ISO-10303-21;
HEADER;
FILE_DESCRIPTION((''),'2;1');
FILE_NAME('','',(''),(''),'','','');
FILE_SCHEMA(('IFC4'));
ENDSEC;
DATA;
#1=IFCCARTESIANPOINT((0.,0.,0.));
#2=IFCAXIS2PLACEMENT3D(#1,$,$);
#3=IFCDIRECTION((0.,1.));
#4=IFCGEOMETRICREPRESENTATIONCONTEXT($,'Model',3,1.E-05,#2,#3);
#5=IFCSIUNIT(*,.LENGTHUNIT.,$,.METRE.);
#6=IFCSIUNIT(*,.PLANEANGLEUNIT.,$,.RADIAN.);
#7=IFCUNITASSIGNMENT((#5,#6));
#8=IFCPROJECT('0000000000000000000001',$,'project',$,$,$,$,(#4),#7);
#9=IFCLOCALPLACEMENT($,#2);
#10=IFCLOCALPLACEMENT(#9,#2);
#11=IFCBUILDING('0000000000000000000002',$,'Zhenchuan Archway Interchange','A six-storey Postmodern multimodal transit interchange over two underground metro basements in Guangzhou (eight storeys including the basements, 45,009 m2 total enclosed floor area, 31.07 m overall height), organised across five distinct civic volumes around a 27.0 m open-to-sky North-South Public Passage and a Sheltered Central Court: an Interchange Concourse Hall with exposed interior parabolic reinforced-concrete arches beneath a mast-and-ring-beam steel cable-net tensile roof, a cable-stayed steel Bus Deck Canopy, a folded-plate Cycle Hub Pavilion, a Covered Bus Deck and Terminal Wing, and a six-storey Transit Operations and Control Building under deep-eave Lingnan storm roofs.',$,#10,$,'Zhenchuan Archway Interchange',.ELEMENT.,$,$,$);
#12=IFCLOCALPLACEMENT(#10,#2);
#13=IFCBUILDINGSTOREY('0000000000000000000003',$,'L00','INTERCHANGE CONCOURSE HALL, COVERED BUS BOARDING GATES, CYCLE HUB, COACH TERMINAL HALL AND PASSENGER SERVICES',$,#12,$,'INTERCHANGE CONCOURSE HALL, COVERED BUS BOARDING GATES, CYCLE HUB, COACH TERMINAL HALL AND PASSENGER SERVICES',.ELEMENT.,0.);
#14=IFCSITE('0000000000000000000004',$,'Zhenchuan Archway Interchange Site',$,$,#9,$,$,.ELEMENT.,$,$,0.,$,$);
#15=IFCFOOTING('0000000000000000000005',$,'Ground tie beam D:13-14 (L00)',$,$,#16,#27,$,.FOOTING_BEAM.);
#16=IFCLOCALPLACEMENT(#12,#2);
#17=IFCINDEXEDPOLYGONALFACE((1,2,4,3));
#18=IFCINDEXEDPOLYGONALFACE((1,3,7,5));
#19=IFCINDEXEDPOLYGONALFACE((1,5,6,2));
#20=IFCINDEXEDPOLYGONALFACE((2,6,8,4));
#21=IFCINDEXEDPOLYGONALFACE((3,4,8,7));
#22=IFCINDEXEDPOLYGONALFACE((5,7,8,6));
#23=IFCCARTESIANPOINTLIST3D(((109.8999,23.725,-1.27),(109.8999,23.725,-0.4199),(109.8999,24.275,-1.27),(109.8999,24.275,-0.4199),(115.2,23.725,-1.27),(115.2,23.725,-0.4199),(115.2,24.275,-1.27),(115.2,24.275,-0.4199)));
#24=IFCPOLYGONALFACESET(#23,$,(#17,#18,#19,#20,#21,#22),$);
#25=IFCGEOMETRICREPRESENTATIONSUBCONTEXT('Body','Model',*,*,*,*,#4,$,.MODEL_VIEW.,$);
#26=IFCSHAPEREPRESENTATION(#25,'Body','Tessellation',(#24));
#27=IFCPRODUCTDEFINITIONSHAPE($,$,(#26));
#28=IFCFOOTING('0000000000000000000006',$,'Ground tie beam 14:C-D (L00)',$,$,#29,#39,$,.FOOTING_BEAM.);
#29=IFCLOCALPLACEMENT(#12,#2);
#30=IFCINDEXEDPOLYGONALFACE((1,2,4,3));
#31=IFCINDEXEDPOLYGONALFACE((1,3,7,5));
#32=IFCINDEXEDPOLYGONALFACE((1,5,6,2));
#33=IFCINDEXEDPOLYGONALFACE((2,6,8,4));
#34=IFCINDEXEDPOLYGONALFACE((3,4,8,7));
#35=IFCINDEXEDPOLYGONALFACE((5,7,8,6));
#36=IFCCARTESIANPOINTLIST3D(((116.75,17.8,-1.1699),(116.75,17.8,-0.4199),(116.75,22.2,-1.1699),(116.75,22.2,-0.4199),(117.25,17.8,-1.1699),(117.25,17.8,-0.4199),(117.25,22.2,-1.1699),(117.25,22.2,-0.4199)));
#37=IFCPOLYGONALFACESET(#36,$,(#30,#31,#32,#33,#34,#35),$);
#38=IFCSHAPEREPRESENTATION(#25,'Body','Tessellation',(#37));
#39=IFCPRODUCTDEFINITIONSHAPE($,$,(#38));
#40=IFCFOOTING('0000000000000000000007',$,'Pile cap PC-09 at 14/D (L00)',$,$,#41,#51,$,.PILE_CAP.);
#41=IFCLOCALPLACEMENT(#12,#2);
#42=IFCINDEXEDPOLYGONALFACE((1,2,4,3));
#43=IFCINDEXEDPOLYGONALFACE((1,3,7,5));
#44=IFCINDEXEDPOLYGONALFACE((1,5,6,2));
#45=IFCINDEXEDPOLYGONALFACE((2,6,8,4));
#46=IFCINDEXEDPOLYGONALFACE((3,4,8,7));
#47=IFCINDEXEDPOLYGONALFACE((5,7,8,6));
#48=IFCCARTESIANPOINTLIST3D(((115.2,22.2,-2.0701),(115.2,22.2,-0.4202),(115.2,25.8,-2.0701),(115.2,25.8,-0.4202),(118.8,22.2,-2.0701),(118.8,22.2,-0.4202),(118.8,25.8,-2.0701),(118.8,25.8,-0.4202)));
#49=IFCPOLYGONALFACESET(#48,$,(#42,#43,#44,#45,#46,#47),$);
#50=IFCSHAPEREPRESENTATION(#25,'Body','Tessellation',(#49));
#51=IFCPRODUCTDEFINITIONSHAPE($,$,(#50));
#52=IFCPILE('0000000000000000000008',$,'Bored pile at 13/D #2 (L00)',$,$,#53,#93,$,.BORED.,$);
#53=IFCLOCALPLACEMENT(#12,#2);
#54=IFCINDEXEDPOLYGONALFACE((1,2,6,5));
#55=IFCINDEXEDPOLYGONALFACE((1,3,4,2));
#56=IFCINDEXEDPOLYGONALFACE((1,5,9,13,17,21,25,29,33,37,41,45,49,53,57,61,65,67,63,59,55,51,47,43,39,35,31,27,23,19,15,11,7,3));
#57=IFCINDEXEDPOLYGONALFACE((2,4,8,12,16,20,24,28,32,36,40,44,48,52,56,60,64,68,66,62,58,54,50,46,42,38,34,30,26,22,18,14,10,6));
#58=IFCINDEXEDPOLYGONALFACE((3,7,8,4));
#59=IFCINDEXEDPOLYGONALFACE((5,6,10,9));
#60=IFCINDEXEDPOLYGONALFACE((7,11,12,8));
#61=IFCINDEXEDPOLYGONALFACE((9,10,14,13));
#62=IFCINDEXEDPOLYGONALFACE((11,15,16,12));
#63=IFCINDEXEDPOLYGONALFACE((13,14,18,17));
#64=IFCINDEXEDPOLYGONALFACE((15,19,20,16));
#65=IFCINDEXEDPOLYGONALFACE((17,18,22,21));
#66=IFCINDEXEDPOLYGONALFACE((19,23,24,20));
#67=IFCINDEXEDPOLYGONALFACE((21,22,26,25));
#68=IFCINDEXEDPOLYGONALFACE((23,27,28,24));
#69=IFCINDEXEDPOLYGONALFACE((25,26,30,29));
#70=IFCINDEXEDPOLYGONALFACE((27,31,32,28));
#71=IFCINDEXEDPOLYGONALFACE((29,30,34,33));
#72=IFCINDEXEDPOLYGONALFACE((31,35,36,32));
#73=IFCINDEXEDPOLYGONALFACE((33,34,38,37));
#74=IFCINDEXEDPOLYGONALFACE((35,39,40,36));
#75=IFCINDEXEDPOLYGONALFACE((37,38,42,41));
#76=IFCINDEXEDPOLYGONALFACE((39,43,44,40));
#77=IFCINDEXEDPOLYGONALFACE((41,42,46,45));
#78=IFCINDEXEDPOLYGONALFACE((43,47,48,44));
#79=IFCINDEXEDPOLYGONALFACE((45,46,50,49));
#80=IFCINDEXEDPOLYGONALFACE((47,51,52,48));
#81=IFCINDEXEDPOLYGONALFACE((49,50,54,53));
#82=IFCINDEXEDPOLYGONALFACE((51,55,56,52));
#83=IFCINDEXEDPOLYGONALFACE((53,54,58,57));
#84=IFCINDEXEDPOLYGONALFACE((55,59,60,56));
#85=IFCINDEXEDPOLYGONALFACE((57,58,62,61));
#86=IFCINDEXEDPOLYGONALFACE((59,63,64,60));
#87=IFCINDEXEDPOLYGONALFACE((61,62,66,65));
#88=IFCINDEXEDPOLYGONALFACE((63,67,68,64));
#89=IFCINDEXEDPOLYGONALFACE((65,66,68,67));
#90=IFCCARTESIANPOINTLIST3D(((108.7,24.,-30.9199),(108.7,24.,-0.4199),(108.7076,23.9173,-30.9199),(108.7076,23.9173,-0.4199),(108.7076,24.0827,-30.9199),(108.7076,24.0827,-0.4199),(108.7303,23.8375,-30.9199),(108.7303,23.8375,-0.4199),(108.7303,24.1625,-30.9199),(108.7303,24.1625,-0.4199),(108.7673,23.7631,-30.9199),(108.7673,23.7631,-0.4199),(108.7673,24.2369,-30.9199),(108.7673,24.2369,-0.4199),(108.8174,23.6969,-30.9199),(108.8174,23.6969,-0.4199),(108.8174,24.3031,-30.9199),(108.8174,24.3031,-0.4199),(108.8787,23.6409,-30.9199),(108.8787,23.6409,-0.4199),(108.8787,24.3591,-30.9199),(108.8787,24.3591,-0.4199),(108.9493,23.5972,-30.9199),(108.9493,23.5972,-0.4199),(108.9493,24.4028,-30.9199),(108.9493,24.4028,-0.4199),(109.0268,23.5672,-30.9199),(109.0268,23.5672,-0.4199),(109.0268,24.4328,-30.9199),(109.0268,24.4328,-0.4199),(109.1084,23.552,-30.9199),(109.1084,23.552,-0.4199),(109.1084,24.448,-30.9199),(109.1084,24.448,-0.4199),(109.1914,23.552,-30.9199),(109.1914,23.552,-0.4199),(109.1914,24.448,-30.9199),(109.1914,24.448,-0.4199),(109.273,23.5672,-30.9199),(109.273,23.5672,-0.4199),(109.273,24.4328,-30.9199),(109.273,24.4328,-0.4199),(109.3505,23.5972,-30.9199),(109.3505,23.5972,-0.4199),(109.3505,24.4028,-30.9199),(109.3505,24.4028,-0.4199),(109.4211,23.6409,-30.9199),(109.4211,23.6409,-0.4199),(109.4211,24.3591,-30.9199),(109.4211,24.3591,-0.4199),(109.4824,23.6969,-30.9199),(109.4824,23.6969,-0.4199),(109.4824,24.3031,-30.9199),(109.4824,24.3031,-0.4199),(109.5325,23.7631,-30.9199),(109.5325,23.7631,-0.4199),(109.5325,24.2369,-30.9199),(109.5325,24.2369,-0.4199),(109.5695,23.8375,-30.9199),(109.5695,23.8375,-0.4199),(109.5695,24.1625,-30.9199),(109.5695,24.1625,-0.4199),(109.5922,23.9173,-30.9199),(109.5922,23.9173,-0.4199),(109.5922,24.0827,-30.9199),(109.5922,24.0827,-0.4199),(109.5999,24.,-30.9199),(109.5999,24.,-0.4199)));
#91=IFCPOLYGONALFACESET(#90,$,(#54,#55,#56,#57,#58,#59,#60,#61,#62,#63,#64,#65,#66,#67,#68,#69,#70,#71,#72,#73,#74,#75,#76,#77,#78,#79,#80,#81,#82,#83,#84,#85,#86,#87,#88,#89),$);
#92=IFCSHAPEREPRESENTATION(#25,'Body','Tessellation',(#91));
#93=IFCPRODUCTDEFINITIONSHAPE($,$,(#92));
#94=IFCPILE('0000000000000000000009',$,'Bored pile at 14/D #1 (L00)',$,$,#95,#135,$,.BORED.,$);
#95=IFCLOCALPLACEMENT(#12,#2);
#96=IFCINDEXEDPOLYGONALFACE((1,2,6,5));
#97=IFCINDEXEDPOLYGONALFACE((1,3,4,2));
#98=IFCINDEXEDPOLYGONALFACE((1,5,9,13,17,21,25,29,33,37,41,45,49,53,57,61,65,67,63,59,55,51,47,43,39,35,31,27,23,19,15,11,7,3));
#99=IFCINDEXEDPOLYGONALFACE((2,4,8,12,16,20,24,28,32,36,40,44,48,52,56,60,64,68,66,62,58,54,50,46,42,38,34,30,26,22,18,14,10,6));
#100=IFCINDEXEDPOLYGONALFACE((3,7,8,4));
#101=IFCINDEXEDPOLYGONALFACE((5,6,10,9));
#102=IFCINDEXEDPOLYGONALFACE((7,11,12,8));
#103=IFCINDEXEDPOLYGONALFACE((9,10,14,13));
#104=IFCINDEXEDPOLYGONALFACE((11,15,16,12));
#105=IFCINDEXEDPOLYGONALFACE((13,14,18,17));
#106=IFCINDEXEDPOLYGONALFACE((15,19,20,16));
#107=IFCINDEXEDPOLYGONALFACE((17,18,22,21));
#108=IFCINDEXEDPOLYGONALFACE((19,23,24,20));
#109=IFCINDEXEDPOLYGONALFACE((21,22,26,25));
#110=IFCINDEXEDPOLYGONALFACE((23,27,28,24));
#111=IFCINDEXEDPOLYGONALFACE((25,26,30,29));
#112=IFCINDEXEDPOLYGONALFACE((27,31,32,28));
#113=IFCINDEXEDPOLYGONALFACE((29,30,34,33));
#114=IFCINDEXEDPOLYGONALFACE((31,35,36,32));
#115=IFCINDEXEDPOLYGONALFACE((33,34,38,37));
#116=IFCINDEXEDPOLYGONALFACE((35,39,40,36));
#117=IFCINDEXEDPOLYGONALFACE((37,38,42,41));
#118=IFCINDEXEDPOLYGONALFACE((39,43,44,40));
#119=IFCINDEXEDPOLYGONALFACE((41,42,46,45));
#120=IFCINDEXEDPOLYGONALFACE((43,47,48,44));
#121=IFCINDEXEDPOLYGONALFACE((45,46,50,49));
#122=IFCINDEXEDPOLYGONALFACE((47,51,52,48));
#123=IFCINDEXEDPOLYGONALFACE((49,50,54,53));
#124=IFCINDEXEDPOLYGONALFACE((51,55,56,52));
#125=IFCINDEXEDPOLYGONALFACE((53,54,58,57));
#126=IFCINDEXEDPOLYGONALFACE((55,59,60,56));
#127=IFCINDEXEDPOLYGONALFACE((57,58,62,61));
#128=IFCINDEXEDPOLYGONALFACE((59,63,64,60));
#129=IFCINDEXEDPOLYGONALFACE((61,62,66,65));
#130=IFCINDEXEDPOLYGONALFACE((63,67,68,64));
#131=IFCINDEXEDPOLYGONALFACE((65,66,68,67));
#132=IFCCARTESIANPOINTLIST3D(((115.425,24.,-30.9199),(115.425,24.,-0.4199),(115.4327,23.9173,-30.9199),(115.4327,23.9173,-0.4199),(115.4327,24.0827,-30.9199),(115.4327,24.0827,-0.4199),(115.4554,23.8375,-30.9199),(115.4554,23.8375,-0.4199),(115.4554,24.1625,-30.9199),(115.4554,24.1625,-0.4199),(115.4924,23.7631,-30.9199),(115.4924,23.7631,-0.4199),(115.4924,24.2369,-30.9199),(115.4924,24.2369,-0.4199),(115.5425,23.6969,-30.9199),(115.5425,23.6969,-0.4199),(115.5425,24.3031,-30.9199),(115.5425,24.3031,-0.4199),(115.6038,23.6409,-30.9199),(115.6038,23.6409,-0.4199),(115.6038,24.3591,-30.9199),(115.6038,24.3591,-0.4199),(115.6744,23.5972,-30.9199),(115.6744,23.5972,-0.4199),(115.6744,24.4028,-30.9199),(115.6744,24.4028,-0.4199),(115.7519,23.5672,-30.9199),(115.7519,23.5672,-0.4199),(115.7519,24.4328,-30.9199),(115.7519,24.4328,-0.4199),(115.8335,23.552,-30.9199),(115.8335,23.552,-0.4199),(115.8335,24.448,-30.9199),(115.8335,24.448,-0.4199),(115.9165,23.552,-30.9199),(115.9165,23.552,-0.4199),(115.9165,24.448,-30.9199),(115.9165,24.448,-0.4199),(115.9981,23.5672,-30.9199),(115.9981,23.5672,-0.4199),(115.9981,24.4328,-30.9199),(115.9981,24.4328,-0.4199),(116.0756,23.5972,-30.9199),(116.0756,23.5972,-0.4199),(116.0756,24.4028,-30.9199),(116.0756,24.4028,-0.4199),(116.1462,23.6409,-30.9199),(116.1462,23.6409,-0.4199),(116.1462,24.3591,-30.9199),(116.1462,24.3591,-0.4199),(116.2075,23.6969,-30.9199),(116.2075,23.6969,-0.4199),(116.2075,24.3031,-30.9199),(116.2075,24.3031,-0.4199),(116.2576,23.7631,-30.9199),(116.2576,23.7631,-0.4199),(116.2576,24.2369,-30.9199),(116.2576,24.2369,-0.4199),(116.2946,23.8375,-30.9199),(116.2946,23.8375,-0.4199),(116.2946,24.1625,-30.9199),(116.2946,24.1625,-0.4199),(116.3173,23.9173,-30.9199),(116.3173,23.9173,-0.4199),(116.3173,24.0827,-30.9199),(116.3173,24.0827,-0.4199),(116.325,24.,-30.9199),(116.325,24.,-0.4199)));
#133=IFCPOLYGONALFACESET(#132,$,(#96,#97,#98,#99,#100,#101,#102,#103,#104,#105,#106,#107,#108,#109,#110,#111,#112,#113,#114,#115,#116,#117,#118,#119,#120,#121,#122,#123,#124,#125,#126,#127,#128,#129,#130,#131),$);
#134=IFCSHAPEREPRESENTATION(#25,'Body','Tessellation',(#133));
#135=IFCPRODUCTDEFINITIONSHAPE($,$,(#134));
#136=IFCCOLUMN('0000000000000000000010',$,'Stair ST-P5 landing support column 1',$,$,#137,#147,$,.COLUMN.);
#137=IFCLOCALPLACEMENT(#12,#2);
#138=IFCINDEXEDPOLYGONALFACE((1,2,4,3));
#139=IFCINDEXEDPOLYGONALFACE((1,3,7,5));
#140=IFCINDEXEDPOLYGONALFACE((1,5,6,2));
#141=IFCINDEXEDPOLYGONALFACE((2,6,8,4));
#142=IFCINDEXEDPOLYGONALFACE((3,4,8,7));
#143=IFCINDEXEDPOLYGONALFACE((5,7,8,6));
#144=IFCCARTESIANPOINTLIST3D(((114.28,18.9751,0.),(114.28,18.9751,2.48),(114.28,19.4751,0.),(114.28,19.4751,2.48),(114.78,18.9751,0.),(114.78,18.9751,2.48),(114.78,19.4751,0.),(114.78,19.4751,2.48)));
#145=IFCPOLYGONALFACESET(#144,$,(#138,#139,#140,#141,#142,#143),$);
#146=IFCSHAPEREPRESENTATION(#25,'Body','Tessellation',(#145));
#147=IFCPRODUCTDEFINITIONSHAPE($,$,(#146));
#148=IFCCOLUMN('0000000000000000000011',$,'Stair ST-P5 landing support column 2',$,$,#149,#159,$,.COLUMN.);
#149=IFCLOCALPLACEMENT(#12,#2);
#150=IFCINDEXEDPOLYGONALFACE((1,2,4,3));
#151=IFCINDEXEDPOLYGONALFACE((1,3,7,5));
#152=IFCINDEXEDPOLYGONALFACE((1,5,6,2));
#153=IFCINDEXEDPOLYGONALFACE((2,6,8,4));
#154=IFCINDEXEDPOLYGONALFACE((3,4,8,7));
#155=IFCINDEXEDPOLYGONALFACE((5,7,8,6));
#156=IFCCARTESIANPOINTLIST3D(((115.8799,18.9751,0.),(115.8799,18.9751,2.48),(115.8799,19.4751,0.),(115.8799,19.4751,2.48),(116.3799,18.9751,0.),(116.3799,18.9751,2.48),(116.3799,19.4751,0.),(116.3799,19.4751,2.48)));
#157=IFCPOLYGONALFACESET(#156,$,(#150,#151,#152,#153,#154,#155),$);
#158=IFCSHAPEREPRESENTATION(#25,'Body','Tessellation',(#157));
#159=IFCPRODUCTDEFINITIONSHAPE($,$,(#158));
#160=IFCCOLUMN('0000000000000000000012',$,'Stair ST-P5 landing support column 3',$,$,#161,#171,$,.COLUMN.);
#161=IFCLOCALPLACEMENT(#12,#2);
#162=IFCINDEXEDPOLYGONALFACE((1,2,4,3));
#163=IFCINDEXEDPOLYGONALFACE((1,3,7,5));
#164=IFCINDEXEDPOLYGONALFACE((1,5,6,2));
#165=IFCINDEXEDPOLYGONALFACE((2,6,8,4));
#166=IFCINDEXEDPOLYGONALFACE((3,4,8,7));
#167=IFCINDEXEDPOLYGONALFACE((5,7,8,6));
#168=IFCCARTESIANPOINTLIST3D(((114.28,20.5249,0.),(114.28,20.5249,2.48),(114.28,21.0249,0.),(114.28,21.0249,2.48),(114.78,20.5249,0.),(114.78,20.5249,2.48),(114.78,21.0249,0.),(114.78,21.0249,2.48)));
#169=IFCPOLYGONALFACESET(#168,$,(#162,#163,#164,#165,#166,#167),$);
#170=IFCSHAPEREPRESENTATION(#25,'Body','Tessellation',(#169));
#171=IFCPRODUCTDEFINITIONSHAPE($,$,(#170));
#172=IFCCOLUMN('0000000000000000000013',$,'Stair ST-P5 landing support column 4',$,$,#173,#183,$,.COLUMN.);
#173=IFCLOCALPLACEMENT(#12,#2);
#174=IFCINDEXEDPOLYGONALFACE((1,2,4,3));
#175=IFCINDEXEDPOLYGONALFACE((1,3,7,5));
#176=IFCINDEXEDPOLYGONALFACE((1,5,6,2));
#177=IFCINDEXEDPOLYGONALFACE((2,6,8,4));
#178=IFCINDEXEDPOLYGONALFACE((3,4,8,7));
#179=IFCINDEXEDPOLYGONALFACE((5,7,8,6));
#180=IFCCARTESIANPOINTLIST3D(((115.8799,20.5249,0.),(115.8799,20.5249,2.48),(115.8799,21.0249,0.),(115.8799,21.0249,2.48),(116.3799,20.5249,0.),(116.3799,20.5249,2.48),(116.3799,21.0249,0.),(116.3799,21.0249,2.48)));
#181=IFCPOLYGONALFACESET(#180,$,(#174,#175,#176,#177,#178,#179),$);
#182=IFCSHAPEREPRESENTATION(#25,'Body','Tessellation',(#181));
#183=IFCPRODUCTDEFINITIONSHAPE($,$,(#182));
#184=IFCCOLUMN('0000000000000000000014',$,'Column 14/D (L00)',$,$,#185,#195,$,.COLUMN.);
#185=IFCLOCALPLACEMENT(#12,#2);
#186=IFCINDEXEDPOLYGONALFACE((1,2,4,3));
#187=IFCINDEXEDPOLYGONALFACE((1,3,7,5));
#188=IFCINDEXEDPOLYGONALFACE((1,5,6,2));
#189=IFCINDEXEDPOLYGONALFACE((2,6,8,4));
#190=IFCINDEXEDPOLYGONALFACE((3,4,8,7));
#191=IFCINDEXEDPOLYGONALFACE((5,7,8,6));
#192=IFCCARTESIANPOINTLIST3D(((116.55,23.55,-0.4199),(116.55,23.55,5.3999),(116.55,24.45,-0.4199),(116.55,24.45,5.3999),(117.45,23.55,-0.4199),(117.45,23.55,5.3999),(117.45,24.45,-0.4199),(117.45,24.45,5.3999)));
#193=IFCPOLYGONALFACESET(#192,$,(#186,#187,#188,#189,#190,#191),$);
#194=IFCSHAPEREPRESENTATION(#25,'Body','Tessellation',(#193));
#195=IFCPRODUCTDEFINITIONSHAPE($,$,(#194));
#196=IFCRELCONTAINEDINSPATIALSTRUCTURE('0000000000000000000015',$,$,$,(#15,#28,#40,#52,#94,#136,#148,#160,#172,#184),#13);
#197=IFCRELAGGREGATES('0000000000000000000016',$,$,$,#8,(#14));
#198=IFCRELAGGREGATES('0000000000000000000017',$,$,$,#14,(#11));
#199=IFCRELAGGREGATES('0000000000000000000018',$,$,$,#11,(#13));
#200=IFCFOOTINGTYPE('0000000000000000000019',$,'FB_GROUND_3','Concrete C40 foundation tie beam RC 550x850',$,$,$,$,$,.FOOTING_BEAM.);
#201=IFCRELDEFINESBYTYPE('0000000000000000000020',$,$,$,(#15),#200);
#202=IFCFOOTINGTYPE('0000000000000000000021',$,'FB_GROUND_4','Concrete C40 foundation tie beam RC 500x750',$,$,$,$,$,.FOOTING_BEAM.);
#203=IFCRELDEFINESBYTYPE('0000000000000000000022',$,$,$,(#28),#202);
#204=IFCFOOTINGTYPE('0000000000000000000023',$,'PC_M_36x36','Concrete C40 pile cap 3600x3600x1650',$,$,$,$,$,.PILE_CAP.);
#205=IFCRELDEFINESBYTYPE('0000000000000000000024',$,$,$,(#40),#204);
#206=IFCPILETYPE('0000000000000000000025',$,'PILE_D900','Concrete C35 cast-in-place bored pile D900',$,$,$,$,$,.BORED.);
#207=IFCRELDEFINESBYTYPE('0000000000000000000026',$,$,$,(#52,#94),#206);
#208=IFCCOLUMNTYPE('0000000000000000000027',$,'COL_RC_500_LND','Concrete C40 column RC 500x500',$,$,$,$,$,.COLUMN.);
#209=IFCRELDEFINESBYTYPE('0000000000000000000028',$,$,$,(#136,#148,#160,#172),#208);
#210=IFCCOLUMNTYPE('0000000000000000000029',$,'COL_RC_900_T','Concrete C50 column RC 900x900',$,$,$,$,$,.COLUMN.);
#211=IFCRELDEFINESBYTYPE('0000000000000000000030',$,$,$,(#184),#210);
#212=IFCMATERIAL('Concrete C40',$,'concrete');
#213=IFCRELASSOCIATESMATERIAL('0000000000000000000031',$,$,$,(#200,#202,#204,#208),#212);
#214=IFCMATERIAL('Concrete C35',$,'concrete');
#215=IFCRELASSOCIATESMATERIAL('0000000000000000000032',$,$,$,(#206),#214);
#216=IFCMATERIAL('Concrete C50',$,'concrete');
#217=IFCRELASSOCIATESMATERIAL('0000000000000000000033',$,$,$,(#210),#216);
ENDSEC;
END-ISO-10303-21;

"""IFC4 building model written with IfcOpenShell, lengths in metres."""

from ifc_helpers import new_model, si_unit, direction, frame, origin, origin_2d, place, context, subcontext, project, spatial, rectangle, circle, extrude, material, material_profile, profile_set, type_object, element, save


model = new_model("IFC4")

# Units and contexts
model_context = context("Model", 3, precision=1e-05, world=origin(), true_north=direction((0.0, 1.0)))
body_context = subcontext(model_context, "Body", "Model", "MODEL_VIEW")
ifc_project = project(units=[si_unit("LENGTHUNIT", "METRE"), si_unit("PLANEANGLEUNIT", "RADIAN")], contexts=[model_context])

# Site, building, storey
site_placement = place(None, origin())
site = spatial("IfcSite", under=ifc_project, at=site_placement, Name="Zhenchuan Archway Interchange Site", CompositionType="ELEMENT", RefElevation=0.0)
building_placement = place(site_placement, origin())
building = spatial("IfcBuilding", under=site, at=building_placement, Name="Zhenchuan Archway Interchange", Description="A six-storey Postmodern multimodal transit interchange over two underground metro basements in Guangzhou (eight storeys including the basements, 45,009 m2 total enclosed floor area, 31.07 m overall height), organised across five distinct civic volumes around a 27.0 m open-to-sky North-South Public Passage and a Sheltered Central Court: an Interchange Concourse Hall with exposed interior parabolic reinforced-concrete arches beneath a mast-and-ring-beam steel cable-net tensile roof, a cable-stayed steel Bus Deck Canopy, a folded-plate Cycle Hub Pavilion, a Covered Bus Deck and Terminal Wing, and a six-storey Transit Operations and Control Building under deep-eave Lingnan storm roofs.", LongName="Zhenchuan Archway Interchange", CompositionType="ELEMENT")
storey_placement = place(building_placement, origin())
storey = spatial("IfcBuildingStorey", under=building, at=storey_placement, Name="L00", Description="INTERCHANGE CONCOURSE HALL, COVERED BUS BOARDING GATES, CYCLE HUB, COACH TERMINAL HALL AND PASSENGER SERVICES", LongName="INTERCHANGE CONCOURSE HALL, COVERED BUS BOARDING GATES, CYCLE HUB, COACH TERMINAL HALL AND PASSENGER SERVICES", CompositionType="ELEMENT", Elevation=0.0)

# Footings
ifc_material_1 = material(Name="Concrete C40", Category="concrete")
ifc_material_profile_1 = material_profile(ifc_material_1, rectangle(XDim=0.55, YDim=0.8501, at=origin_2d()), Name="RC 550x850")
ifc_profile_set_1 = profile_set([ifc_material_profile_1], Name="Concrete C40")
footing_type_1 = type_object("IfcFootingType", Name="FB_GROUND_3", Description="Concrete C40 foundation tie beam RC 550x850", PredefinedType="FOOTING_BEAM", material=ifc_profile_set_1)
footing_1_placement = place(storey_placement, frame((109.8999, 24.0, -0.845), z_axis=(1.0, 0.0, 0.0), x_axis=(0.0, 1.0, 0.0)))
element("IfcFooting", 1, at=footing_1_placement, inside=storey, type_object=footing_type_1, Name="Ground tie beam D:13-14 (L00)", PredefinedType="FOOTING_BEAM", context=body_context, shape_type="SweptSolid", body=[
    extrude(rectangle(XDim=0.55, YDim=0.8501, at=origin_2d()), origin(), (0.0, 0.0, 1.0), 5.3),
])
ifc_material_profile_2 = material_profile(ifc_material_1, rectangle(XDim=0.5, YDim=0.75, at=origin_2d()), Name="RC 500x750")
ifc_profile_set_2 = profile_set([ifc_material_profile_2], Name="Concrete C40")
footing_type_2 = type_object("IfcFootingType", Name="FB_GROUND_4", Description="Concrete C40 foundation tie beam RC 500x750", PredefinedType="FOOTING_BEAM", material=ifc_profile_set_2)
footing_2_placement = place(storey_placement, frame((117.0, 17.8, -0.7949), z_axis=(0.0, 1.0, 0.0), x_axis=(-1.0, 0.0, 0.0)))
element("IfcFooting", 2, at=footing_2_placement, inside=storey, type_object=footing_type_2, Name="Ground tie beam 14:C-D (L00)", PredefinedType="FOOTING_BEAM", context=body_context, shape_type="SweptSolid", body=[
    extrude(rectangle(XDim=0.5, YDim=0.75, at=origin_2d()), origin(), (0.0, 0.0, 1.0), 4.3999),
])
footing_type_3 = type_object("IfcFootingType", Name="PC_M_36x36", Description="Concrete C40 pile cap 3600x3600x1650", PredefinedType="PILE_CAP", material=ifc_material_1)
footing_3_placement = place(storey_placement, frame((117.0, 24.0, -2.0701), z_axis=(0.0, 0.0, 1.0), x_axis=(1.0, 0.0, 0.0)))
element("IfcFooting", 3, at=footing_3_placement, inside=storey, type_object=footing_type_3, Name="Pile cap PC-09 at 14/D (L00)", PredefinedType="PILE_CAP", context=body_context, shape_type="SweptSolid", body=[
    extrude(rectangle(XDim=3.6001, YDim=3.6001, at=origin_2d()), origin(), (0.0, 0.0, 1.0), 1.6499),
])

# Piles
ifc_material_2 = material(Name="Concrete C35", Category="concrete")
ifc_material_profile_3 = material_profile(ifc_material_2, circle(Radius=0.45, at=origin_2d()), Name="BORED PILE 900")
ifc_profile_set_3 = profile_set([ifc_material_profile_3], Name="Concrete C35")
pile_type = type_object("IfcPileType", Name="PILE_D900", Description="Concrete C35 cast-in-place bored pile D900", PredefinedType="BORED", material=ifc_profile_set_3)
for number, where, z_axis, x_axis, name in (
    (4, (109.1499, 24.0, -0.4199), (0.0, 0.0, -1.0), (1.0, 0.0, 0.0), "Bored pile at 13/D #2 (L00)"),
    (5, (115.875, 24.0, -0.4199), (0.0, 0.0, -1.0), (1.0, 0.0, 0.0), "Bored pile at 14/D #1 (L00)"),
):
    element("IfcPile", number, at=place(storey_placement, frame(where, z_axis=z_axis, x_axis=x_axis)), inside=storey, type_object=pile_type, Name=name, PredefinedType="BORED", context=body_context, shape_type="SweptSolid", body=[
        extrude(circle(Radius=0.45, at=origin_2d()), origin(), (0.0, 0.0, 1.0), 30.5),
    ])

# Columns
ifc_material_profile_4 = material_profile(ifc_material_1, rectangle(XDim=0.5, YDim=0.5, at=origin_2d()), Name="RC 500x500")
ifc_profile_set_4 = profile_set([ifc_material_profile_4], Name="Concrete C40")
column_type_1 = type_object("IfcColumnType", Name="COL_RC_500_LND", Description="Concrete C40 column RC 500x500", PredefinedType="COLUMN", material=ifc_profile_set_4)
for number, where, z_axis, x_axis, name in (
    (6, (114.53, 19.2251, 0.0), (0.0, 0.0, 1.0), (1.0, 0.0, 0.0), "Stair ST-P5 landing support column 1"),
    (7, (116.1299, 19.2251, 0.0), (0.0, 0.0, 1.0), (1.0, 0.0, 0.0), "Stair ST-P5 landing support column 2"),
    (8, (114.53, 20.7749, 0.0), (0.0, 0.0, 1.0), (1.0, 0.0, 0.0), "Stair ST-P5 landing support column 3"),
    (9, (116.1299, 20.7749, 0.0), (0.0, 0.0, 1.0), (1.0, 0.0, 0.0), "Stair ST-P5 landing support column 4"),
):
    element("IfcColumn", number, at=place(storey_placement, frame(where, z_axis=z_axis, x_axis=x_axis)), inside=storey, type_object=column_type_1, Name=name, PredefinedType="COLUMN", context=body_context, shape_type="SweptSolid", body=[
        extrude(rectangle(XDim=0.5, YDim=0.5, at=origin_2d()), origin(), (0.0, 0.0, 1.0), 2.48),
    ])
ifc_material_3 = material(Name="Concrete C50", Category="concrete")
ifc_material_profile_5 = material_profile(ifc_material_3, rectangle(XDim=0.8999, YDim=0.8999, at=origin_2d()), Name="RC 900x900")
ifc_profile_set_5 = profile_set([ifc_material_profile_5], Name="Concrete C50")
column_type_2 = type_object("IfcColumnType", Name="COL_RC_900_T", Description="Concrete C50 column RC 900x900", PredefinedType="COLUMN", material=ifc_profile_set_5)
column_placement = place(storey_placement, frame((117.0, 24.0, -0.4199), z_axis=(0.0, 0.0, 1.0), x_axis=(1.0, 0.0, 0.0)))
element("IfcColumn", 10, at=column_placement, inside=storey, type_object=column_type_2, Name="Column 14/D (L00)", PredefinedType="COLUMN", context=body_context, shape_type="SweptSolid", body=[
    extrude(rectangle(XDim=0.8999, YDim=0.8999, at=origin_2d()), origin(), (0.0, 0.0, 1.0), 5.8198),
])

save(model, "model.ifc")
